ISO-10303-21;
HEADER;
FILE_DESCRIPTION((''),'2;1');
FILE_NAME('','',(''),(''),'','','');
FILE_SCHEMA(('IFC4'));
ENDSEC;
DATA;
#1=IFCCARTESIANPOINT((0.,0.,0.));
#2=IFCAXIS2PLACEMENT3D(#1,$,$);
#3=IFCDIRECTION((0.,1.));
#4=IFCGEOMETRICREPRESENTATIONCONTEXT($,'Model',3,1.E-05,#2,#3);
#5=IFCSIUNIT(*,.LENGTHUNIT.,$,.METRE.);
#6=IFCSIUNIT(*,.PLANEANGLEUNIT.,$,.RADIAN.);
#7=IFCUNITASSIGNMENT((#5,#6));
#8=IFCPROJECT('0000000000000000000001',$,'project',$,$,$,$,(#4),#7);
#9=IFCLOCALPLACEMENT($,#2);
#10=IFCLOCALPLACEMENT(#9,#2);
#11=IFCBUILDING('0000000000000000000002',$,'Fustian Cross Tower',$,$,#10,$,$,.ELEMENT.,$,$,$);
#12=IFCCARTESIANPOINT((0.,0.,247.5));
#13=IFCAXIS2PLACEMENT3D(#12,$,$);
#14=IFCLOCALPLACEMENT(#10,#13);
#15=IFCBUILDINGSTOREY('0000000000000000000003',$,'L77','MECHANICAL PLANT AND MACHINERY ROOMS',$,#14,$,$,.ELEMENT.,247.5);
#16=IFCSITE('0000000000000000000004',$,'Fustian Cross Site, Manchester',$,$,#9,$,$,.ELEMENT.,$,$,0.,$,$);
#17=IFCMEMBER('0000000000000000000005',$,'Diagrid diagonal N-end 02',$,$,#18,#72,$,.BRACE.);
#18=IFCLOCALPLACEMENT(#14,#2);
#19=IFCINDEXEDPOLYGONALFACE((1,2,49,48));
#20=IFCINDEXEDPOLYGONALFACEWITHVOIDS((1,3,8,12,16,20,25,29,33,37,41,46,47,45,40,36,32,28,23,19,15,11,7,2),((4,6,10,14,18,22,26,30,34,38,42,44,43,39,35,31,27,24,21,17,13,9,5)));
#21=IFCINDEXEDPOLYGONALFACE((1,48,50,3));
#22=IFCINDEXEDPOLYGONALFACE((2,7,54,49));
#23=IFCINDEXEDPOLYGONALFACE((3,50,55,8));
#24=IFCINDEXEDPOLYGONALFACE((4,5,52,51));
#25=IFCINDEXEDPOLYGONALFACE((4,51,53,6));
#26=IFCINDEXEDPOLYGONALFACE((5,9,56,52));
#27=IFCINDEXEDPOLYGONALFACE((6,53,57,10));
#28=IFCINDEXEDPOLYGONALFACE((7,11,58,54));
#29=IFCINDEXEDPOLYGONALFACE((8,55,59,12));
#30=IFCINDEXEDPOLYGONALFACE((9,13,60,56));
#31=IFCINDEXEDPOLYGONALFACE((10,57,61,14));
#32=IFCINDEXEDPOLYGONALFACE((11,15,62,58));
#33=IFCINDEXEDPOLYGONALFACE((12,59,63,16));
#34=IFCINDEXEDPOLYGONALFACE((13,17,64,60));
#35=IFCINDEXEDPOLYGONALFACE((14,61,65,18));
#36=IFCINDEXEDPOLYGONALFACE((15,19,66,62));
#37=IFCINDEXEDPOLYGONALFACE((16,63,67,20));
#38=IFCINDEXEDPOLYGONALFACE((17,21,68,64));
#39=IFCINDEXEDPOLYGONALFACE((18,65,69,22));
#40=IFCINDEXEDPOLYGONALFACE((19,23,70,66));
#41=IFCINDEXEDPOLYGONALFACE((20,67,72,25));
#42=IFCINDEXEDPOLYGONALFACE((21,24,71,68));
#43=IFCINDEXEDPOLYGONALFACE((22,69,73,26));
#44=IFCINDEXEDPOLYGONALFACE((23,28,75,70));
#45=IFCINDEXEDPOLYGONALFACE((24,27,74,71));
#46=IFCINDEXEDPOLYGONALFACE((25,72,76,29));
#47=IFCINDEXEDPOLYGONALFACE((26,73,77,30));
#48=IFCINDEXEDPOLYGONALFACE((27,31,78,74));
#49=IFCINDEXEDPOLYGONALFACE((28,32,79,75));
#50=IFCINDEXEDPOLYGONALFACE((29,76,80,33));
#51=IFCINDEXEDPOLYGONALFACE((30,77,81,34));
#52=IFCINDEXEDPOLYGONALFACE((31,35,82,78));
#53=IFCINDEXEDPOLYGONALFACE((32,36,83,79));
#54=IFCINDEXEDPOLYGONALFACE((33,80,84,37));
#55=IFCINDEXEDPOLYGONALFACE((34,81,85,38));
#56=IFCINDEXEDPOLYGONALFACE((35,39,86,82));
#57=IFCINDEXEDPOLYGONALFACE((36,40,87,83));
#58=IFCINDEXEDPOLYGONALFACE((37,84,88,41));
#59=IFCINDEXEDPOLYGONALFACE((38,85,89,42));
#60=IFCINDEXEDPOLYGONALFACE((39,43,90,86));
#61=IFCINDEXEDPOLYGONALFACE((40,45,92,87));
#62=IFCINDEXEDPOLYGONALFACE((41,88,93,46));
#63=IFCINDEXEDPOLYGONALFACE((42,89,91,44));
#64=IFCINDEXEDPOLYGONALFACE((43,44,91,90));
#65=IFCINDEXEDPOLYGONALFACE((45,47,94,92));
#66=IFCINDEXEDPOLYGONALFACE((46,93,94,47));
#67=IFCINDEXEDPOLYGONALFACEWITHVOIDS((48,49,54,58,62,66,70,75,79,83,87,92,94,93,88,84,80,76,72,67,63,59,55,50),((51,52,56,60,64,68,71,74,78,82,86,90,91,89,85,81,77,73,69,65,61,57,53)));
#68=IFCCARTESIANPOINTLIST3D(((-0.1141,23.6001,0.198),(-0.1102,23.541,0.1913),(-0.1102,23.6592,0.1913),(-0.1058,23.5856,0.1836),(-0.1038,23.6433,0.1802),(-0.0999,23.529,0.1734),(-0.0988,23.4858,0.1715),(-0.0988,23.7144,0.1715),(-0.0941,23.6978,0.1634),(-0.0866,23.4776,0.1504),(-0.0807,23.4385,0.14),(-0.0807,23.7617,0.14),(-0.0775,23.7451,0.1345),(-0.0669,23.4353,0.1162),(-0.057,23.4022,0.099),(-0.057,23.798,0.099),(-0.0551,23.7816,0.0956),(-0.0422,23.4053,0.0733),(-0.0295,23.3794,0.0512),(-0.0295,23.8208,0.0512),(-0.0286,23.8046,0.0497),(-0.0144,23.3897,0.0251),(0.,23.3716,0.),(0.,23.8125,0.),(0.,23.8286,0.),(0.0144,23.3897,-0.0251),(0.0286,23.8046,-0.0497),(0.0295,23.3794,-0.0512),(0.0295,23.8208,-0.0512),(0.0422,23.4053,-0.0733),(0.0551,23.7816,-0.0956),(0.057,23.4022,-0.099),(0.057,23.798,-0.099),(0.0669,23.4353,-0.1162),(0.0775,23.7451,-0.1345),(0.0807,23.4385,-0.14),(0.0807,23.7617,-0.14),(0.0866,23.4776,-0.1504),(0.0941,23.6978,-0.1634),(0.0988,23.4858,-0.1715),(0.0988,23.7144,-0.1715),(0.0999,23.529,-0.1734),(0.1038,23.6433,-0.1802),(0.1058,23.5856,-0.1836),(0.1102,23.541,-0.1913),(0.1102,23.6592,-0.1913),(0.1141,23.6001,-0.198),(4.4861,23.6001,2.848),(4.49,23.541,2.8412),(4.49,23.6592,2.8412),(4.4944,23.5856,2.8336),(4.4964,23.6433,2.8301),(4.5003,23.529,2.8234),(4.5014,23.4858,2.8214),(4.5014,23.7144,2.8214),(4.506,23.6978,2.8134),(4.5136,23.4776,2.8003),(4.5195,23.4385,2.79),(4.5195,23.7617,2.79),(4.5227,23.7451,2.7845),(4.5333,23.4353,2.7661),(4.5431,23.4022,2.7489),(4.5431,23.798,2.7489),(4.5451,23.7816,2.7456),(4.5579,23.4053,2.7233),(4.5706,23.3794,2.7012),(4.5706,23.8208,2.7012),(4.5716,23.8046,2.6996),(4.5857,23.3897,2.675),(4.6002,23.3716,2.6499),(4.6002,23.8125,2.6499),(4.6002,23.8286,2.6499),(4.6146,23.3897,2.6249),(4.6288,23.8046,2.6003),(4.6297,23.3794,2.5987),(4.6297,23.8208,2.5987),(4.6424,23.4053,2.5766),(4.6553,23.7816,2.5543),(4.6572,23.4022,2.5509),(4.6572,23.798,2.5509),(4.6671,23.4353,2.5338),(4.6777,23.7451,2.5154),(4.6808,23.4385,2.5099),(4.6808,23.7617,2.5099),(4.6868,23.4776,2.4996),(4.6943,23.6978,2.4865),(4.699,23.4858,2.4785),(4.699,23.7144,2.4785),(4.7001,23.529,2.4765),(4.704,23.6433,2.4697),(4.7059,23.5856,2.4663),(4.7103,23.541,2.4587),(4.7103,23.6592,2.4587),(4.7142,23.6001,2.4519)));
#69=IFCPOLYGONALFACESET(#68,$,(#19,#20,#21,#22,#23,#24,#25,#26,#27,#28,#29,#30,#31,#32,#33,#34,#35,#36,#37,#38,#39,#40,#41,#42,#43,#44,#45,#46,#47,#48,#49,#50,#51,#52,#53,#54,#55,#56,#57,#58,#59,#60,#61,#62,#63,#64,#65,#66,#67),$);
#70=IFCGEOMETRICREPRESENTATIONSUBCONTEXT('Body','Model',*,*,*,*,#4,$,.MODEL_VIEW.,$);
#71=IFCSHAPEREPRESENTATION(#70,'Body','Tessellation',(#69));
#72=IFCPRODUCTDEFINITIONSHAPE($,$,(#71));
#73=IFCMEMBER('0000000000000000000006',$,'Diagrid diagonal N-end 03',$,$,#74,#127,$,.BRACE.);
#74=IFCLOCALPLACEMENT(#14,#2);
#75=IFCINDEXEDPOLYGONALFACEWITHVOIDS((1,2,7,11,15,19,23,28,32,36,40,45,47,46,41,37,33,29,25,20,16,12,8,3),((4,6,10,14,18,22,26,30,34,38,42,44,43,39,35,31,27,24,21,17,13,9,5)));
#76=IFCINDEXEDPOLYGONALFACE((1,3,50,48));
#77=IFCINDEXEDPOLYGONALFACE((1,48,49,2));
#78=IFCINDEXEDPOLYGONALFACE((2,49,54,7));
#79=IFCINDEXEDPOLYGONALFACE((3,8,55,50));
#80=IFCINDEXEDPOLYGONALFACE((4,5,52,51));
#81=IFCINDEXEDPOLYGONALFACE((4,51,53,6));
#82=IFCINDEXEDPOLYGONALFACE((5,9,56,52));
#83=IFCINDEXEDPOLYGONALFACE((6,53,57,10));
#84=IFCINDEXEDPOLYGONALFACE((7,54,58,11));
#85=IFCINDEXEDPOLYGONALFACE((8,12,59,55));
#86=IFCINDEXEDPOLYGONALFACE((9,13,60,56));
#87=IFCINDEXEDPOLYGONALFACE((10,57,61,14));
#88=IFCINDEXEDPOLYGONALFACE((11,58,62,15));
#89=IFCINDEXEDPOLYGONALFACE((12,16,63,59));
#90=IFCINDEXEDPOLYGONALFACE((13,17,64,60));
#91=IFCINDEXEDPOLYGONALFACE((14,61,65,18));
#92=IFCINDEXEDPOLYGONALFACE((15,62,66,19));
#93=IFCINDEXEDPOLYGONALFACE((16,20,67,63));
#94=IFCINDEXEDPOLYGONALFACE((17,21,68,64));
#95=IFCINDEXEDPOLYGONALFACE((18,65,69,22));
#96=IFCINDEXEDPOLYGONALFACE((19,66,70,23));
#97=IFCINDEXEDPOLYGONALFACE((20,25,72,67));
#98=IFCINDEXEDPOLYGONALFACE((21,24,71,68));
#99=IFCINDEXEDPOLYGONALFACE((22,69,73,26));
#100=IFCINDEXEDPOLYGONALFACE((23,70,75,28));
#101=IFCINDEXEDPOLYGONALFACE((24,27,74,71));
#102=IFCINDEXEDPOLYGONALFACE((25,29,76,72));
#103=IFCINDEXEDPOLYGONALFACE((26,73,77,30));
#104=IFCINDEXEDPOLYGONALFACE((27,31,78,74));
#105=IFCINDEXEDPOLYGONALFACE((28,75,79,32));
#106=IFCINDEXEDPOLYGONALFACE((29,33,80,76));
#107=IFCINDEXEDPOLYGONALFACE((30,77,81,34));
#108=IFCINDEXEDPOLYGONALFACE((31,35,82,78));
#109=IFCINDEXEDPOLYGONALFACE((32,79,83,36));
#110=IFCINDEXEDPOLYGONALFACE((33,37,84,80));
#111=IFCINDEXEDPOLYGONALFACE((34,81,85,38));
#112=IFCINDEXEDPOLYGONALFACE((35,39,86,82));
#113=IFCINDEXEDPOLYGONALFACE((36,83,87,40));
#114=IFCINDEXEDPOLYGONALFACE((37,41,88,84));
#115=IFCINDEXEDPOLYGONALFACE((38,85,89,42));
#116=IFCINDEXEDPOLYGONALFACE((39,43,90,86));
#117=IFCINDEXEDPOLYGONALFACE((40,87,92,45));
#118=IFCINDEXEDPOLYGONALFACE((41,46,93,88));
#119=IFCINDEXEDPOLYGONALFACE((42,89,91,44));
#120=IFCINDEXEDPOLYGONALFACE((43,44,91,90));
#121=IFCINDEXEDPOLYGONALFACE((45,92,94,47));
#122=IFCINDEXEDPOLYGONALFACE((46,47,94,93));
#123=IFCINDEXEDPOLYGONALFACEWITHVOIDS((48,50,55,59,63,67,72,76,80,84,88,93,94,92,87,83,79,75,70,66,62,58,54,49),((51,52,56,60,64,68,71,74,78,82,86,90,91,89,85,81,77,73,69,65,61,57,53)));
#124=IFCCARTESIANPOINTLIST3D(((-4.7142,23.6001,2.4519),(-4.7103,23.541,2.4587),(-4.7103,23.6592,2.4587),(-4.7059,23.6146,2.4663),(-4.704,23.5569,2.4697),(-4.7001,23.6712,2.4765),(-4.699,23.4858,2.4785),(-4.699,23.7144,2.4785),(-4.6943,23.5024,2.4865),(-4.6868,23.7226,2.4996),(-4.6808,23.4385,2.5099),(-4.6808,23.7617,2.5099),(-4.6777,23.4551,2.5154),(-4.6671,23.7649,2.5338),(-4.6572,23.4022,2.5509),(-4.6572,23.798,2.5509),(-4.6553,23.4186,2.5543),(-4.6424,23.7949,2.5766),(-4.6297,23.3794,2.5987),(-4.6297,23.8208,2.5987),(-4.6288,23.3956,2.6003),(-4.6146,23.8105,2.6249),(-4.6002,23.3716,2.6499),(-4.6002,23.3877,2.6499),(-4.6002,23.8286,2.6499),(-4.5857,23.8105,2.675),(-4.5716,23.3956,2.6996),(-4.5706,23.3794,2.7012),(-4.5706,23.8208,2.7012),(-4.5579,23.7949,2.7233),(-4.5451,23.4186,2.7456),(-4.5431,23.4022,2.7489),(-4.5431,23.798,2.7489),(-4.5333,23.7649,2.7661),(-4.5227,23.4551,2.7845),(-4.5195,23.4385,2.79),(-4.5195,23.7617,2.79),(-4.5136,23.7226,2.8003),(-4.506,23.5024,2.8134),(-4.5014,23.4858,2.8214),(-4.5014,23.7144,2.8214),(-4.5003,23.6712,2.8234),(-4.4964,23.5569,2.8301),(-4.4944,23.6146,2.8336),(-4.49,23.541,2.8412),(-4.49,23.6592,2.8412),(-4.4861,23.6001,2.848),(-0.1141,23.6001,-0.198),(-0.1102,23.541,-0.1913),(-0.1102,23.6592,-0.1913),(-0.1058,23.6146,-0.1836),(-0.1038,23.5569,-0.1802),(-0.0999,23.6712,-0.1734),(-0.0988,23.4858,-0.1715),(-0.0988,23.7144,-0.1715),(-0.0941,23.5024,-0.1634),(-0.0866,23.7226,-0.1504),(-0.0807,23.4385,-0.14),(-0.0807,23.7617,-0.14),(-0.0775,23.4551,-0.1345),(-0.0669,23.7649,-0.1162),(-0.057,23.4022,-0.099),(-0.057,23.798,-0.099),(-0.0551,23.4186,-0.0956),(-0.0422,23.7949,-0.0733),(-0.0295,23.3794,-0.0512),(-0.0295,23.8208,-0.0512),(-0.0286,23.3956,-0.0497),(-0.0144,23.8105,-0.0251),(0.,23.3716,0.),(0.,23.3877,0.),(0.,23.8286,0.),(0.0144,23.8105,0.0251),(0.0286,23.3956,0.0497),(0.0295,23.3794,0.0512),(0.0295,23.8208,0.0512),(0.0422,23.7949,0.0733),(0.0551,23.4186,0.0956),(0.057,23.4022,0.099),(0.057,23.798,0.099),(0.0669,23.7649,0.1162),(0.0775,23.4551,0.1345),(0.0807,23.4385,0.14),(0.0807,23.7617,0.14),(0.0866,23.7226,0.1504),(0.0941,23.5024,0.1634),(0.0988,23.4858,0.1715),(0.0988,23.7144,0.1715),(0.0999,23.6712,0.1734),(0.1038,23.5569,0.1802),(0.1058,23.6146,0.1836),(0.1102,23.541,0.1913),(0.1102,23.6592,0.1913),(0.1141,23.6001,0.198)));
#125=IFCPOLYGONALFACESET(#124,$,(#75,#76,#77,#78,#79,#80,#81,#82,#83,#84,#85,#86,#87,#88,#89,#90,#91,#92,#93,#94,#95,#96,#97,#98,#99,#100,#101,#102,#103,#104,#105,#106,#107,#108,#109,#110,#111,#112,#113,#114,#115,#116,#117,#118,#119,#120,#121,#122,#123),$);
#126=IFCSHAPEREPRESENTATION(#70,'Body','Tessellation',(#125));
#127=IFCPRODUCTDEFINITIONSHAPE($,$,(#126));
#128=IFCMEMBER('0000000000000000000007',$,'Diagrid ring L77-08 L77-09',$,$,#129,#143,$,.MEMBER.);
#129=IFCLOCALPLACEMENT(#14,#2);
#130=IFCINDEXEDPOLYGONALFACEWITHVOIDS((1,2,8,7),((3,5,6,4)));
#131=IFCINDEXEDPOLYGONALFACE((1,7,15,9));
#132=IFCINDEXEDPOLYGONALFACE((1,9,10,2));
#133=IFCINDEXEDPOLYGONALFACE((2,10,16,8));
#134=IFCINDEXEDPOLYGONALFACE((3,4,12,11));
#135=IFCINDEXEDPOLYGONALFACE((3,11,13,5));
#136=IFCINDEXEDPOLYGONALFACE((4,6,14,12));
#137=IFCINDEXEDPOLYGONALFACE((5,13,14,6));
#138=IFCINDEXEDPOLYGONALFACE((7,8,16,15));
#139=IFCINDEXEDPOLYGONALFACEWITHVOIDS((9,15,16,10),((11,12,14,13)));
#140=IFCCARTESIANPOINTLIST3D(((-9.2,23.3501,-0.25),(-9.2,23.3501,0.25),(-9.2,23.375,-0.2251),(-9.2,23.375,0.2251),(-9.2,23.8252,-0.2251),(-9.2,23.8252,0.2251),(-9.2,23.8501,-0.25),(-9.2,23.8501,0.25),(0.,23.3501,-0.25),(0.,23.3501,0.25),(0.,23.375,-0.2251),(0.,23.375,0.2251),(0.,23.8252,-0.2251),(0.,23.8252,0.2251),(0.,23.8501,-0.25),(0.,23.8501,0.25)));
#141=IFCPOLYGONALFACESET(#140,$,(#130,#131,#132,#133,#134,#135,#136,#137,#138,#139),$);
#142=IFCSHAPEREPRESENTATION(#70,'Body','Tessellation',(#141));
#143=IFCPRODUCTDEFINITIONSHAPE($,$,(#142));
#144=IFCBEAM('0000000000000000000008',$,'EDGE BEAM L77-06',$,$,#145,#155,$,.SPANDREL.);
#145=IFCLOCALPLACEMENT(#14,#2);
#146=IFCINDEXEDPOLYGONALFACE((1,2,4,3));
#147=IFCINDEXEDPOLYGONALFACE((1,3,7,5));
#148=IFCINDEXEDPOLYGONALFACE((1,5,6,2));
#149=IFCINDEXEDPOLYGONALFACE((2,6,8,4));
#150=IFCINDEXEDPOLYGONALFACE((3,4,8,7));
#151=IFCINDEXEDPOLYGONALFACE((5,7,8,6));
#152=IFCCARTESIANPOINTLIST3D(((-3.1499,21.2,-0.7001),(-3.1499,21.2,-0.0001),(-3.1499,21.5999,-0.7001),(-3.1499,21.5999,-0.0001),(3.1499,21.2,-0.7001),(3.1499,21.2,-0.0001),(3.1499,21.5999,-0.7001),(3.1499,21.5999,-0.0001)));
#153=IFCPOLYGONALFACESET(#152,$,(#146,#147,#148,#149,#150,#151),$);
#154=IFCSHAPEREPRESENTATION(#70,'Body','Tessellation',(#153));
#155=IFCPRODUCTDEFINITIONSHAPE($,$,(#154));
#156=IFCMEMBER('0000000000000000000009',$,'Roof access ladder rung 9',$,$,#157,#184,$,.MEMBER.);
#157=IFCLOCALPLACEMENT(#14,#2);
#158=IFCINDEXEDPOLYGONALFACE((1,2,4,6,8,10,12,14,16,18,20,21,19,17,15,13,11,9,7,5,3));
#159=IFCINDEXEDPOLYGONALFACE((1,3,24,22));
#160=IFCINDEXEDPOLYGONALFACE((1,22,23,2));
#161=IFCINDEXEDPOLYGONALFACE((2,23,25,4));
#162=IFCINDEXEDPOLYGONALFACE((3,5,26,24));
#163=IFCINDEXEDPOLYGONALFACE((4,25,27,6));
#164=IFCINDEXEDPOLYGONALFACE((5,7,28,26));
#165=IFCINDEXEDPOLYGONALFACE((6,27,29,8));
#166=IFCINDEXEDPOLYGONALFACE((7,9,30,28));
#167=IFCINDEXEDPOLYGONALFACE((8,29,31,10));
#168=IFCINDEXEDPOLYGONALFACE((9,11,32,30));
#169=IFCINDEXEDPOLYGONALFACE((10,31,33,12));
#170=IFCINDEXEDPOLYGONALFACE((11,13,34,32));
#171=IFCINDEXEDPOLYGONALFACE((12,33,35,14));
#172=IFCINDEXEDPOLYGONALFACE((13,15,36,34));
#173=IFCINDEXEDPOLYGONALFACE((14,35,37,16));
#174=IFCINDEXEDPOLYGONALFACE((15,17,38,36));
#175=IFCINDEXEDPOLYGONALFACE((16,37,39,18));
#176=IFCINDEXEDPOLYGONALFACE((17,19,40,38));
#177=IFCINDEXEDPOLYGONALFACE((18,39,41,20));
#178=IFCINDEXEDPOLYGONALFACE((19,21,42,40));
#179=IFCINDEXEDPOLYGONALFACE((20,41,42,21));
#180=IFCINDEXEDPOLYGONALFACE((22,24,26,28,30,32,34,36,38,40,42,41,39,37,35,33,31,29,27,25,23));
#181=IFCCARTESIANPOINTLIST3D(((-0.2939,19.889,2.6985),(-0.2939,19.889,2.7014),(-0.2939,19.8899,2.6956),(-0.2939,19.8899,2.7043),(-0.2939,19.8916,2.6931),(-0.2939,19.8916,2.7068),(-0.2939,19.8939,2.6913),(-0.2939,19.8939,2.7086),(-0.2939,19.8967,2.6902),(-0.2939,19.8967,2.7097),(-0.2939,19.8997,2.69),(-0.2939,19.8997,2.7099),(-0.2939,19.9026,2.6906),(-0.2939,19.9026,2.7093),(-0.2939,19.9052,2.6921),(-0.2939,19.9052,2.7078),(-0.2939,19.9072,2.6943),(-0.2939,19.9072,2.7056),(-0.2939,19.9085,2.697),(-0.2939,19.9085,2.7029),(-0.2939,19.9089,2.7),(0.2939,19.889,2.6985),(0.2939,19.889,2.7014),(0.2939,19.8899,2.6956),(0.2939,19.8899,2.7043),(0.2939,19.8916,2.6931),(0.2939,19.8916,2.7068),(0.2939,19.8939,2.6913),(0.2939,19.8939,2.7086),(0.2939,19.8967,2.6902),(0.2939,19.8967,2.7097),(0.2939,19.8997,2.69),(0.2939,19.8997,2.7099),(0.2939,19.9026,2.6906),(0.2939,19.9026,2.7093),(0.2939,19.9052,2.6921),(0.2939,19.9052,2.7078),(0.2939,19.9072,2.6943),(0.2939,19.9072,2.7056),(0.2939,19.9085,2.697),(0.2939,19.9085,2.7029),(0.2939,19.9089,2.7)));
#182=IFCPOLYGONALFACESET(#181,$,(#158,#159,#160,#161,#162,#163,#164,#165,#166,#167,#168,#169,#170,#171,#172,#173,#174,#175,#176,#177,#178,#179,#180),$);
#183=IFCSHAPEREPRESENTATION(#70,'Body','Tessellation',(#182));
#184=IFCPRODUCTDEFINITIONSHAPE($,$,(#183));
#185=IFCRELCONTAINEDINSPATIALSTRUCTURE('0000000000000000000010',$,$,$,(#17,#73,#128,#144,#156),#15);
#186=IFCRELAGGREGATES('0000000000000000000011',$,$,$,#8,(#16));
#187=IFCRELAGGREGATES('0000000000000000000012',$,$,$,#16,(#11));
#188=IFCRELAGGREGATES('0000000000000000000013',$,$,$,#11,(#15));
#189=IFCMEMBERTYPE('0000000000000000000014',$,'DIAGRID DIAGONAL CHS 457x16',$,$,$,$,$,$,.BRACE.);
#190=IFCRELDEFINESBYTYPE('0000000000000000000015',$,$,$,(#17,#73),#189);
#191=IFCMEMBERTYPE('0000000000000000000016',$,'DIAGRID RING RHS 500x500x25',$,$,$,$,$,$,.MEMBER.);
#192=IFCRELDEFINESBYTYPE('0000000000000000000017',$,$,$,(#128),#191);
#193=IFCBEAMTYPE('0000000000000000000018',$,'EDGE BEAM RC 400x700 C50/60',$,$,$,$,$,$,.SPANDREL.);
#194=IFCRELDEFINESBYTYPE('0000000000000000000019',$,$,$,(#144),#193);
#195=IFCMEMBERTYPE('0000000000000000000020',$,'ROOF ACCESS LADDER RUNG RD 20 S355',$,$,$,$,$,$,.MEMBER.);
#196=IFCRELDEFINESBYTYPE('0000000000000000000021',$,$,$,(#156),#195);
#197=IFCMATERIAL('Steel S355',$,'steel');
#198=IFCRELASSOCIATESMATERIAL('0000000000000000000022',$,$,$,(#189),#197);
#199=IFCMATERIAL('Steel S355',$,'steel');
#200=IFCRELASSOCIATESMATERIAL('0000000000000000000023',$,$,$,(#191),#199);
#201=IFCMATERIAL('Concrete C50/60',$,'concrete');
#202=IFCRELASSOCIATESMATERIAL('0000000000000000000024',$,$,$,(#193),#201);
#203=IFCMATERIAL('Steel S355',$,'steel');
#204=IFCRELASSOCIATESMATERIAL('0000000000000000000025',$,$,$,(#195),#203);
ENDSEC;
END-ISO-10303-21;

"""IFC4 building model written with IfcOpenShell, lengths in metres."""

from ifc_helpers import new_model, si_unit, direction, frame, origin, origin_2d, place, context, subcontext, project, spatial, rectangle, hollow_rectangle, circle, hollow_circle, extrude, material, material_profile, profile_set, type_object, element, save


model = new_model("IFC4")

# Units and contexts
model_context = context("Model", 3, precision=1e-05, world=origin(), true_north=direction((0.0, 1.0)))
body_context = subcontext(model_context, "Body", "Model", "MODEL_VIEW")
ifc_project = project(units=[si_unit("LENGTHUNIT", "METRE"), si_unit("PLANEANGLEUNIT", "RADIAN")], contexts=[model_context])

# Site, building, storey
site_placement = place(None, origin())
site = spatial("IfcSite", under=ifc_project, at=site_placement, Name="Fustian Cross Site, Manchester", CompositionType="ELEMENT", RefElevation=0.0)
building_placement = place(site_placement, origin())
building = spatial("IfcBuilding", under=site, at=building_placement, Name="Fustian Cross Tower", CompositionType="ELEMENT")
storey_placement = place(building_placement, frame((0.0, 0.0, 247.5)))
storey = spatial("IfcBuildingStorey", under=building, at=storey_placement, Name="L77", Description="MECHANICAL PLANT AND MACHINERY ROOMS", CompositionType="ELEMENT", Elevation=247.5)

# Members
ifc_material_1 = material(Name="Steel S355", Category="steel")
ifc_material_profile_1 = material_profile(ifc_material_1, hollow_circle(Radius=0.2285, WallThickness=0.0161, at=origin_2d()), Name="CHS 457x16")
ifc_profile_set_1 = profile_set([ifc_material_profile_1], Name="Steel S355")
member_type_1 = type_object("IfcMemberType", Name="DIAGRID DIAGONAL CHS 457x16", PredefinedType="BRACE", material=ifc_profile_set_1)
for number, where, z_axis, x_axis, name in (
    (1, (0.0, 23.6001, 0.0), (0.866512, 0.0, 0.499157), (0.0, 1.0, 0.0), "Diagrid diagonal N-end 02"),
    (2, (0.0, 23.6001, 0.0), (-0.866512, 0.0, 0.499157), (0.0, -1.0, 0.0), "Diagrid diagonal N-end 03"),
):
    element("IfcMember", number, at=place(storey_placement, frame(where, z_axis=z_axis, x_axis=x_axis)), inside=storey, type_object=member_type_1, Name=name, PredefinedType="BRACE", context=body_context, shape_type="SweptSolid", body=[
        extrude(hollow_circle(Radius=0.2285, WallThickness=0.0161, at=origin_2d()), origin(), (0.0, 0.0, 1.0), 5.3088),
    ])
ifc_material_2 = material(Name="Steel S355", Category="steel")
ifc_material_profile_2 = material_profile(ifc_material_2, hollow_rectangle(XDim=0.5, YDim=0.5, WallThickness=0.0249, at=origin_2d()), Name="RHS 500x500x25")
ifc_profile_set_2 = profile_set([ifc_material_profile_2], Name="Steel S355")
member_type_2 = type_object("IfcMemberType", Name="DIAGRID RING RHS 500x500x25", PredefinedType="MEMBER", material=ifc_profile_set_2)
member_1_placement = place(storey_placement, frame((0.0, 23.6001, 0.0), z_axis=(-1.0, 0.0, 0.0), x_axis=(0.0, -1.0, 0.0)))
element("IfcMember", 3, at=member_1_placement, inside=storey, type_object=member_type_2, Name="Diagrid ring L77-08 L77-09", PredefinedType="MEMBER", context=body_context, shape_type="SweptSolid", body=[
    extrude(hollow_rectangle(XDim=0.5, YDim=0.5, WallThickness=0.0249, at=origin_2d()), origin(), (0.0, 0.0, 1.0), 9.2),
])

# Beam
ifc_material_3 = material(Name="Concrete C50/60", Category="concrete")
ifc_material_profile_3 = material_profile(ifc_material_3, rectangle(XDim=0.3999, YDim=0.7, at=origin_2d()), Name="RC 400x700")
ifc_profile_set_3 = profile_set([ifc_material_profile_3], Name="Concrete C50/60")
beam_type_1 = type_object("IfcBeamType", Name="EDGE BEAM RC 400x700 C50/60", PredefinedType="SPANDREL", material=ifc_profile_set_3)
beam_1_placement = place(storey_placement, frame((3.1499, 21.3999, -0.3501), z_axis=(-1.0, 0.0, 0.0), x_axis=(0.0, -1.0, 0.0)))
element("IfcBeam", 4, at=beam_1_placement, inside=storey, type_object=beam_type_1, Name="EDGE BEAM L77-06", PredefinedType="SPANDREL", context=body_context, shape_type="SweptSolid", body=[
    extrude(rectangle(XDim=0.3999, YDim=0.7, at=origin_2d()), origin(), (0.0, 0.0, 1.0), 6.2998),
])

# Member
ifc_material_4 = material(Name="Steel S355", Category="steel")
ifc_material_profile_4 = material_profile(ifc_material_4, circle(Radius=0.01, at=origin_2d()), Name="ROOF ACCESS LADDER RUNG RD 20 S355")
ifc_profile_set_4 = profile_set([ifc_material_profile_4], Name="Steel S355")
member_type_3 = type_object("IfcMemberType", Name="ROOF ACCESS LADDER RUNG RD 20 S355", PredefinedType="MEMBER", material=ifc_profile_set_4)
for number, where, z_axis, x_axis, name in (
    (5, (-0.2939, 19.8989, 2.7), (1.0, 0.0, 0.0), (0.0, 1.0, 0.0), "Roof access ladder rung 9"),
):
    element("IfcMember", number, at=place(storey_placement, frame(where, z_axis=z_axis, x_axis=x_axis)), inside=storey, type_object=member_type_3, Name=name, PredefinedType="MEMBER", context=body_context, shape_type="SweptSolid", body=[
        extrude(circle(Radius=0.01, at=origin_2d()), origin(), (0.0, 0.0, 1.0), 0.5879),
    ])

save(model, "model.ifc")
